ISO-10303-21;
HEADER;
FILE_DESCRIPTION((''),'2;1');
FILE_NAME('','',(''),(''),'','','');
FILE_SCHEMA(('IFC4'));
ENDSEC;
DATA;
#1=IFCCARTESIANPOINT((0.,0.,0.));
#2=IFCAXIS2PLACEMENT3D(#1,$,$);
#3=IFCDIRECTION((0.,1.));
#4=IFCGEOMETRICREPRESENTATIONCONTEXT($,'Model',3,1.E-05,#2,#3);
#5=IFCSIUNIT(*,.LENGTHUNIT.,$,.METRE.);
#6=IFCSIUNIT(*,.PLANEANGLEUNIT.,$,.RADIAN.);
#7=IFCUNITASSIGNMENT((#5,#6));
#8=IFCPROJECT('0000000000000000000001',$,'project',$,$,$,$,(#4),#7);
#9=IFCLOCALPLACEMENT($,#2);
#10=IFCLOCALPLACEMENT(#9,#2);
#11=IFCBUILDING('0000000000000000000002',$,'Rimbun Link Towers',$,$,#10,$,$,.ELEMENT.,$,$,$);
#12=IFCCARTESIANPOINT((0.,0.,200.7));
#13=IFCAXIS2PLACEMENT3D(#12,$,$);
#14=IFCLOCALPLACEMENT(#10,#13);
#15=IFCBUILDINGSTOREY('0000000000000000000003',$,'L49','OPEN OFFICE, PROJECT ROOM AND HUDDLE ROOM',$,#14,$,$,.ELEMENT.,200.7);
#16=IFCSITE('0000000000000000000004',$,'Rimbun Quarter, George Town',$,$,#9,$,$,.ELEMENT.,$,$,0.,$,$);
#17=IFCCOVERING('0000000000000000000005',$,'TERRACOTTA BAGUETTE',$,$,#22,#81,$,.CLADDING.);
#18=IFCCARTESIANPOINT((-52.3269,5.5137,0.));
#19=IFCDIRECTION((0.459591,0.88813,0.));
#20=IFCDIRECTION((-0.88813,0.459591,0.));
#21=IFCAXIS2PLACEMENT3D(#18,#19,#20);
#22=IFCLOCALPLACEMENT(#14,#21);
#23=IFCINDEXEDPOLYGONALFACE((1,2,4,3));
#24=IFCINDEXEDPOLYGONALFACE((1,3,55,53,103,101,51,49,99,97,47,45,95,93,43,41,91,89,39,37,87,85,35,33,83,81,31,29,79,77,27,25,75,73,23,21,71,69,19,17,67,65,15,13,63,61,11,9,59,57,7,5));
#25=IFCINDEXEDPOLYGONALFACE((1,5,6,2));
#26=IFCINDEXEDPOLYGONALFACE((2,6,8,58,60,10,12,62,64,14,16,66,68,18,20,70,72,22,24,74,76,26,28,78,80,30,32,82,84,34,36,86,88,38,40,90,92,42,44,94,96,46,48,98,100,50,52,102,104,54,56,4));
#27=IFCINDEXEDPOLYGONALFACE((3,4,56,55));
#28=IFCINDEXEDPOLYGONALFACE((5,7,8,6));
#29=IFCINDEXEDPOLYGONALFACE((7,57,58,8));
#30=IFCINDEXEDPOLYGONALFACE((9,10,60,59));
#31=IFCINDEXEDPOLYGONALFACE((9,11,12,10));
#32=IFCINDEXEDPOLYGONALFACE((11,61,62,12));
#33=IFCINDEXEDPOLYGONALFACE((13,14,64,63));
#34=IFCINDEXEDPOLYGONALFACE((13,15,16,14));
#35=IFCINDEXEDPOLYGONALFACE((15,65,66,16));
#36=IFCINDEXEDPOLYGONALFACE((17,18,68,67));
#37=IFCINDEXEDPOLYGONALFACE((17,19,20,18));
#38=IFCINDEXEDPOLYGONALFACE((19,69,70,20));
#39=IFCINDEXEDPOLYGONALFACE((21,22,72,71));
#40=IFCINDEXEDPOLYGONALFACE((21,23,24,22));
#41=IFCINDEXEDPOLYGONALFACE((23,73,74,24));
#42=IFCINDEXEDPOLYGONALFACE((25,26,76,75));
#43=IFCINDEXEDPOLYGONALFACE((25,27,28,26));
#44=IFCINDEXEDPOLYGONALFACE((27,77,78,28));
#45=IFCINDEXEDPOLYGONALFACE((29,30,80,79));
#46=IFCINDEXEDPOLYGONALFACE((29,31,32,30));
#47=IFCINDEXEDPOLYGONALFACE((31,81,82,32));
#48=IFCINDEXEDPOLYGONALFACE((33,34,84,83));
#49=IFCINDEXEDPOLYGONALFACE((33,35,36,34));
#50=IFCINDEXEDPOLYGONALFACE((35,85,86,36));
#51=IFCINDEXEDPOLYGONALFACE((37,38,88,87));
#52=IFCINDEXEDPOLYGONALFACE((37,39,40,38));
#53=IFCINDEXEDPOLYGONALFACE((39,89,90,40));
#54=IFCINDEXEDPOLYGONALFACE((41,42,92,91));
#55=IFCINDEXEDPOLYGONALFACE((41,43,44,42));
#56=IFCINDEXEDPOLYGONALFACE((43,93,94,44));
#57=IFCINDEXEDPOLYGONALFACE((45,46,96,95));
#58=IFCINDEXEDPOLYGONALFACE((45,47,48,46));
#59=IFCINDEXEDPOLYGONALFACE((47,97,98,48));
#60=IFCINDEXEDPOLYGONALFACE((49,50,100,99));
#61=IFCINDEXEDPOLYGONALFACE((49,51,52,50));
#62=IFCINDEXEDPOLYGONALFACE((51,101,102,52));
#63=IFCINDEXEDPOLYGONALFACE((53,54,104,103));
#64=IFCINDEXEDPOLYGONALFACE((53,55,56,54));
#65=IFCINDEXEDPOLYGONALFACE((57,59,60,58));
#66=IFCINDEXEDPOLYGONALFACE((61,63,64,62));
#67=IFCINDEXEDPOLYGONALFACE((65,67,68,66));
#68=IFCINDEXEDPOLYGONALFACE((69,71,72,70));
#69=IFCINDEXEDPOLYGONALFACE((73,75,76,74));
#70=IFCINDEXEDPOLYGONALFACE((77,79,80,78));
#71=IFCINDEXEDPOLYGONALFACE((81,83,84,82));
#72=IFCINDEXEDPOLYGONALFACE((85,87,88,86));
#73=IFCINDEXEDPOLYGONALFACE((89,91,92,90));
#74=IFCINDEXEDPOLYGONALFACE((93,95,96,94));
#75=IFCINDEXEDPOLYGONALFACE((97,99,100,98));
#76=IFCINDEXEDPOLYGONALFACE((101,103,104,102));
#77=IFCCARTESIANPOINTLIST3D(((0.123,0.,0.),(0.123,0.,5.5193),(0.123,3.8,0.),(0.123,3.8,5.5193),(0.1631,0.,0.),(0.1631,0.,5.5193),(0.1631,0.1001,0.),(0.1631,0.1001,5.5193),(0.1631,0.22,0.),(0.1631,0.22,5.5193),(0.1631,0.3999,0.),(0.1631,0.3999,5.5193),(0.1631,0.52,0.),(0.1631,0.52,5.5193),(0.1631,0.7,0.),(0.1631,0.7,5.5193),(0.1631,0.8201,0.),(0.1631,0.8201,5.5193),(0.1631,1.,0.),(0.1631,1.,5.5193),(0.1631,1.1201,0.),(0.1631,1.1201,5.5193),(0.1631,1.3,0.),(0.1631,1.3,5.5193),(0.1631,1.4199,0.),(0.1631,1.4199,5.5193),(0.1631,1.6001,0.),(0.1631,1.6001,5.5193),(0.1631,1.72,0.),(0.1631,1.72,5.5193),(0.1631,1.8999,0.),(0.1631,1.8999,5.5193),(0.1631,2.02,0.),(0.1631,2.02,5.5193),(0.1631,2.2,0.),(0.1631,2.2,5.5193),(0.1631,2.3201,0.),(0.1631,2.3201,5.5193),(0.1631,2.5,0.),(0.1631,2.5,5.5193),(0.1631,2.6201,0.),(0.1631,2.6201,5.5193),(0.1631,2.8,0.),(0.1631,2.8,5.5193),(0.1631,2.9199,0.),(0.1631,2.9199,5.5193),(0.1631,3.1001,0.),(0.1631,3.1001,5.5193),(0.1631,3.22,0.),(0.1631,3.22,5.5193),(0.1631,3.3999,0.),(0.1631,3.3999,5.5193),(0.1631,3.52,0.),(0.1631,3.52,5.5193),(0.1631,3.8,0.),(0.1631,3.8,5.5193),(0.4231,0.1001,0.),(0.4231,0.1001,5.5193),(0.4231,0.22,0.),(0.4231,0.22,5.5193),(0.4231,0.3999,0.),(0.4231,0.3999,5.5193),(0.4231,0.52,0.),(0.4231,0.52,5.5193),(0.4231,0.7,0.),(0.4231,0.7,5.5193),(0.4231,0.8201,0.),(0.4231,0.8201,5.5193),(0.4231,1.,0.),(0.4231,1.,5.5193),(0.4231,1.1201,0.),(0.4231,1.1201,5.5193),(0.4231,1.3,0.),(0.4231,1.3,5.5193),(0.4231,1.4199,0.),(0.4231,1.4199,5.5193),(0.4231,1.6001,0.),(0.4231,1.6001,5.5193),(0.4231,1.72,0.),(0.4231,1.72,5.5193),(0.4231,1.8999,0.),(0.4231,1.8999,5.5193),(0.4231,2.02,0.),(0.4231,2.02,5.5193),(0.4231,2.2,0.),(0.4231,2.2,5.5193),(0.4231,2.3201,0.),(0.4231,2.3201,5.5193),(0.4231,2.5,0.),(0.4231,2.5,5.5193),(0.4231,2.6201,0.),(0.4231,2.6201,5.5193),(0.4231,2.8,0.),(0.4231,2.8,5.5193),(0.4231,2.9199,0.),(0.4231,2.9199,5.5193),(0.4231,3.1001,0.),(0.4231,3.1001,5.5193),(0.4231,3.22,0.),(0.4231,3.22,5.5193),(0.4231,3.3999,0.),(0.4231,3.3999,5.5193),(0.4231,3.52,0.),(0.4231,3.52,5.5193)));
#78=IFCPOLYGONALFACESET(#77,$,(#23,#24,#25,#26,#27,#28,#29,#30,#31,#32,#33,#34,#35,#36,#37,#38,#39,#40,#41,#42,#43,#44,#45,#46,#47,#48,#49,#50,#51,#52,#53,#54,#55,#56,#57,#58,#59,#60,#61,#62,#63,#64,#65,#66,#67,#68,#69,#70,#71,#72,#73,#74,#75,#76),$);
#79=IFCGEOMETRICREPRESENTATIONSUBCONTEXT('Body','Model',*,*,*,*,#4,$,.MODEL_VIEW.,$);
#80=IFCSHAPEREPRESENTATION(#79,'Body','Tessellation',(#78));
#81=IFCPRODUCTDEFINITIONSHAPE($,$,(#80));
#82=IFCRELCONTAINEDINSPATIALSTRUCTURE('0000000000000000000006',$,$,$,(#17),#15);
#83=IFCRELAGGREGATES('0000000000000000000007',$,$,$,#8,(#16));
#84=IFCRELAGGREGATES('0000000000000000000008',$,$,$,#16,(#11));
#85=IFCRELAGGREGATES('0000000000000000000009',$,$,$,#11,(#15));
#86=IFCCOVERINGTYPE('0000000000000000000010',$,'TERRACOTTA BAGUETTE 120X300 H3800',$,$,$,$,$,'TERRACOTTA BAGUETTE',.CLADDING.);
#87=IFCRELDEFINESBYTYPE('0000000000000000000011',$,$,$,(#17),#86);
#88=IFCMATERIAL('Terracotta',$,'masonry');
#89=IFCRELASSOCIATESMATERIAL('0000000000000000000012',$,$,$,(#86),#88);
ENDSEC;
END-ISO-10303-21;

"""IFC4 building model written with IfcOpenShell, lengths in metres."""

from ifc_helpers import new_model, si_unit, direction, frame, origin, place, context, subcontext, project, spatial, polyline, outline, extrude, material, material_profile, profile_set, type_object, element, save


model = new_model("IFC4")

# Units and contexts
model_context = context("Model", 3, precision=1e-05, world=origin(), true_north=direction((0.0, 1.0)))
body_context = subcontext(model_context, "Body", "Model", "MODEL_VIEW")
ifc_project = project(units=[si_unit("LENGTHUNIT", "METRE"), si_unit("PLANEANGLEUNIT", "RADIAN")], contexts=[model_context])

# Site, building, storey
site_placement = place(None, origin())
site = spatial("IfcSite", under=ifc_project, at=site_placement, Name="Rimbun Quarter, George Town", CompositionType="ELEMENT", RefElevation=0.0)
building_placement = place(site_placement, origin())
building = spatial("IfcBuilding", under=site, at=building_placement, Name="Rimbun Link Towers", CompositionType="ELEMENT")
storey_placement = place(building_placement, frame((0.0, 0.0, 200.7)))
storey = spatial("IfcBuildingStorey", under=building, at=storey_placement, Name="L49", Description="OPEN OFFICE, PROJECT ROOM AND HUDDLE ROOM", CompositionType="ELEMENT", Elevation=200.7)

# Covering
ifc_material_1 = material(Name="Terracotta", Category="masonry")
ifc_material_profile_1 = material_profile(ifc_material_1, outline(polyline([(0.123, 0.0), (0.1631, 0.0), (0.1631, 0.1001), (0.4231, 0.1001), (0.4231, 0.22), (0.1631, 0.22), (0.1631, 0.3999), (0.4231, 0.3999), (0.4231, 0.52), (0.1631, 0.52), (0.1631, 0.7), (0.4231, 0.7), (0.4231, 0.8201), (0.1631, 0.8201), (0.1631, 1.0), (0.4231, 1.0), (0.4231, 1.1201), (0.1631, 1.1201), (0.1631, 1.3), (0.4231, 1.3), (0.4231, 1.4199), (0.1631, 1.4199), (0.1631, 1.6001), (0.4231, 1.6001), (0.4231, 1.72), (0.1631, 1.72), (0.1631, 1.8999), (0.4231, 1.8999), (0.4231, 2.02), (0.1631, 2.02), (0.1631, 2.2), (0.4231, 2.2), (0.4231, 2.3201), (0.1631, 2.3201), (0.1631, 2.5), (0.4231, 2.5), (0.4231, 2.6201), (0.1631, 2.6201), (0.1631, 2.8), (0.4231, 2.8), (0.4231, 2.9199), (0.1631, 2.9199), (0.1631, 3.1001), (0.4231, 3.1001), (0.4231, 3.22), (0.1631, 3.22), (0.1631, 3.3999), (0.4231, 3.3999), (0.4231, 3.52), (0.1631, 3.52), (0.1631, 3.8), (0.123, 3.8), (0.123, 0.0)])), Name="BAGUETTE 120X300")
ifc_profile_set_1 = profile_set([ifc_material_profile_1], Name="Terracotta")
covering_type = type_object("IfcCoveringType", Name="TERRACOTTA BAGUETTE 120X300 H3800", ElementType="TERRACOTTA BAGUETTE", PredefinedType="CLADDING", material=ifc_profile_set_1)
covering_placement = place(storey_placement, frame((-52.3269, 5.5137, 0.0), z_axis=(0.459591, 0.88813, 0.0), x_axis=(-0.88813, 0.459591, 0.0)))
element("IfcCovering", 1, at=covering_placement, inside=storey, type_object=covering_type, Name="TERRACOTTA BAGUETTE", PredefinedType="CLADDING", context=body_context, shape_type="SweptSolid", body=[
    extrude(outline(polyline([(0.123, 0.0), (0.1631, 0.0), (0.1631, 0.1001), (0.4231, 0.1001), (0.4231, 0.22), (0.1631, 0.22), (0.1631, 0.3999), (0.4231, 0.3999), (0.4231, 0.52), (0.1631, 0.52), (0.1631, 0.7), (0.4231, 0.7), (0.4231, 0.8201), (0.1631, 0.8201), (0.1631, 1.0), (0.4231, 1.0), (0.4231, 1.1201), (0.1631, 1.1201), (0.1631, 1.3), (0.4231, 1.3), (0.4231, 1.4199), (0.1631, 1.4199), (0.1631, 1.6001), (0.4231, 1.6001), (0.4231, 1.72), (0.1631, 1.72), (0.1631, 1.8999), (0.4231, 1.8999), (0.4231, 2.02), (0.1631, 2.02), (0.1631, 2.2), (0.4231, 2.2), (0.4231, 2.3201), (0.1631, 2.3201), (0.1631, 2.5), (0.4231, 2.5), (0.4231, 2.6201), (0.1631, 2.6201), (0.1631, 2.8), (0.4231, 2.8), (0.4231, 2.9199), (0.1631, 2.9199), (0.1631, 3.1001), (0.4231, 3.1001), (0.4231, 3.22), (0.1631, 3.22), (0.1631, 3.3999), (0.4231, 3.3999), (0.4231, 3.52), (0.1631, 3.52), (0.1631, 3.8), (0.123, 3.8), (0.123, 0.0)])), origin(), (0.0, 0.0, 1.0), 5.5193),
])

save(model, "model.ifc")
